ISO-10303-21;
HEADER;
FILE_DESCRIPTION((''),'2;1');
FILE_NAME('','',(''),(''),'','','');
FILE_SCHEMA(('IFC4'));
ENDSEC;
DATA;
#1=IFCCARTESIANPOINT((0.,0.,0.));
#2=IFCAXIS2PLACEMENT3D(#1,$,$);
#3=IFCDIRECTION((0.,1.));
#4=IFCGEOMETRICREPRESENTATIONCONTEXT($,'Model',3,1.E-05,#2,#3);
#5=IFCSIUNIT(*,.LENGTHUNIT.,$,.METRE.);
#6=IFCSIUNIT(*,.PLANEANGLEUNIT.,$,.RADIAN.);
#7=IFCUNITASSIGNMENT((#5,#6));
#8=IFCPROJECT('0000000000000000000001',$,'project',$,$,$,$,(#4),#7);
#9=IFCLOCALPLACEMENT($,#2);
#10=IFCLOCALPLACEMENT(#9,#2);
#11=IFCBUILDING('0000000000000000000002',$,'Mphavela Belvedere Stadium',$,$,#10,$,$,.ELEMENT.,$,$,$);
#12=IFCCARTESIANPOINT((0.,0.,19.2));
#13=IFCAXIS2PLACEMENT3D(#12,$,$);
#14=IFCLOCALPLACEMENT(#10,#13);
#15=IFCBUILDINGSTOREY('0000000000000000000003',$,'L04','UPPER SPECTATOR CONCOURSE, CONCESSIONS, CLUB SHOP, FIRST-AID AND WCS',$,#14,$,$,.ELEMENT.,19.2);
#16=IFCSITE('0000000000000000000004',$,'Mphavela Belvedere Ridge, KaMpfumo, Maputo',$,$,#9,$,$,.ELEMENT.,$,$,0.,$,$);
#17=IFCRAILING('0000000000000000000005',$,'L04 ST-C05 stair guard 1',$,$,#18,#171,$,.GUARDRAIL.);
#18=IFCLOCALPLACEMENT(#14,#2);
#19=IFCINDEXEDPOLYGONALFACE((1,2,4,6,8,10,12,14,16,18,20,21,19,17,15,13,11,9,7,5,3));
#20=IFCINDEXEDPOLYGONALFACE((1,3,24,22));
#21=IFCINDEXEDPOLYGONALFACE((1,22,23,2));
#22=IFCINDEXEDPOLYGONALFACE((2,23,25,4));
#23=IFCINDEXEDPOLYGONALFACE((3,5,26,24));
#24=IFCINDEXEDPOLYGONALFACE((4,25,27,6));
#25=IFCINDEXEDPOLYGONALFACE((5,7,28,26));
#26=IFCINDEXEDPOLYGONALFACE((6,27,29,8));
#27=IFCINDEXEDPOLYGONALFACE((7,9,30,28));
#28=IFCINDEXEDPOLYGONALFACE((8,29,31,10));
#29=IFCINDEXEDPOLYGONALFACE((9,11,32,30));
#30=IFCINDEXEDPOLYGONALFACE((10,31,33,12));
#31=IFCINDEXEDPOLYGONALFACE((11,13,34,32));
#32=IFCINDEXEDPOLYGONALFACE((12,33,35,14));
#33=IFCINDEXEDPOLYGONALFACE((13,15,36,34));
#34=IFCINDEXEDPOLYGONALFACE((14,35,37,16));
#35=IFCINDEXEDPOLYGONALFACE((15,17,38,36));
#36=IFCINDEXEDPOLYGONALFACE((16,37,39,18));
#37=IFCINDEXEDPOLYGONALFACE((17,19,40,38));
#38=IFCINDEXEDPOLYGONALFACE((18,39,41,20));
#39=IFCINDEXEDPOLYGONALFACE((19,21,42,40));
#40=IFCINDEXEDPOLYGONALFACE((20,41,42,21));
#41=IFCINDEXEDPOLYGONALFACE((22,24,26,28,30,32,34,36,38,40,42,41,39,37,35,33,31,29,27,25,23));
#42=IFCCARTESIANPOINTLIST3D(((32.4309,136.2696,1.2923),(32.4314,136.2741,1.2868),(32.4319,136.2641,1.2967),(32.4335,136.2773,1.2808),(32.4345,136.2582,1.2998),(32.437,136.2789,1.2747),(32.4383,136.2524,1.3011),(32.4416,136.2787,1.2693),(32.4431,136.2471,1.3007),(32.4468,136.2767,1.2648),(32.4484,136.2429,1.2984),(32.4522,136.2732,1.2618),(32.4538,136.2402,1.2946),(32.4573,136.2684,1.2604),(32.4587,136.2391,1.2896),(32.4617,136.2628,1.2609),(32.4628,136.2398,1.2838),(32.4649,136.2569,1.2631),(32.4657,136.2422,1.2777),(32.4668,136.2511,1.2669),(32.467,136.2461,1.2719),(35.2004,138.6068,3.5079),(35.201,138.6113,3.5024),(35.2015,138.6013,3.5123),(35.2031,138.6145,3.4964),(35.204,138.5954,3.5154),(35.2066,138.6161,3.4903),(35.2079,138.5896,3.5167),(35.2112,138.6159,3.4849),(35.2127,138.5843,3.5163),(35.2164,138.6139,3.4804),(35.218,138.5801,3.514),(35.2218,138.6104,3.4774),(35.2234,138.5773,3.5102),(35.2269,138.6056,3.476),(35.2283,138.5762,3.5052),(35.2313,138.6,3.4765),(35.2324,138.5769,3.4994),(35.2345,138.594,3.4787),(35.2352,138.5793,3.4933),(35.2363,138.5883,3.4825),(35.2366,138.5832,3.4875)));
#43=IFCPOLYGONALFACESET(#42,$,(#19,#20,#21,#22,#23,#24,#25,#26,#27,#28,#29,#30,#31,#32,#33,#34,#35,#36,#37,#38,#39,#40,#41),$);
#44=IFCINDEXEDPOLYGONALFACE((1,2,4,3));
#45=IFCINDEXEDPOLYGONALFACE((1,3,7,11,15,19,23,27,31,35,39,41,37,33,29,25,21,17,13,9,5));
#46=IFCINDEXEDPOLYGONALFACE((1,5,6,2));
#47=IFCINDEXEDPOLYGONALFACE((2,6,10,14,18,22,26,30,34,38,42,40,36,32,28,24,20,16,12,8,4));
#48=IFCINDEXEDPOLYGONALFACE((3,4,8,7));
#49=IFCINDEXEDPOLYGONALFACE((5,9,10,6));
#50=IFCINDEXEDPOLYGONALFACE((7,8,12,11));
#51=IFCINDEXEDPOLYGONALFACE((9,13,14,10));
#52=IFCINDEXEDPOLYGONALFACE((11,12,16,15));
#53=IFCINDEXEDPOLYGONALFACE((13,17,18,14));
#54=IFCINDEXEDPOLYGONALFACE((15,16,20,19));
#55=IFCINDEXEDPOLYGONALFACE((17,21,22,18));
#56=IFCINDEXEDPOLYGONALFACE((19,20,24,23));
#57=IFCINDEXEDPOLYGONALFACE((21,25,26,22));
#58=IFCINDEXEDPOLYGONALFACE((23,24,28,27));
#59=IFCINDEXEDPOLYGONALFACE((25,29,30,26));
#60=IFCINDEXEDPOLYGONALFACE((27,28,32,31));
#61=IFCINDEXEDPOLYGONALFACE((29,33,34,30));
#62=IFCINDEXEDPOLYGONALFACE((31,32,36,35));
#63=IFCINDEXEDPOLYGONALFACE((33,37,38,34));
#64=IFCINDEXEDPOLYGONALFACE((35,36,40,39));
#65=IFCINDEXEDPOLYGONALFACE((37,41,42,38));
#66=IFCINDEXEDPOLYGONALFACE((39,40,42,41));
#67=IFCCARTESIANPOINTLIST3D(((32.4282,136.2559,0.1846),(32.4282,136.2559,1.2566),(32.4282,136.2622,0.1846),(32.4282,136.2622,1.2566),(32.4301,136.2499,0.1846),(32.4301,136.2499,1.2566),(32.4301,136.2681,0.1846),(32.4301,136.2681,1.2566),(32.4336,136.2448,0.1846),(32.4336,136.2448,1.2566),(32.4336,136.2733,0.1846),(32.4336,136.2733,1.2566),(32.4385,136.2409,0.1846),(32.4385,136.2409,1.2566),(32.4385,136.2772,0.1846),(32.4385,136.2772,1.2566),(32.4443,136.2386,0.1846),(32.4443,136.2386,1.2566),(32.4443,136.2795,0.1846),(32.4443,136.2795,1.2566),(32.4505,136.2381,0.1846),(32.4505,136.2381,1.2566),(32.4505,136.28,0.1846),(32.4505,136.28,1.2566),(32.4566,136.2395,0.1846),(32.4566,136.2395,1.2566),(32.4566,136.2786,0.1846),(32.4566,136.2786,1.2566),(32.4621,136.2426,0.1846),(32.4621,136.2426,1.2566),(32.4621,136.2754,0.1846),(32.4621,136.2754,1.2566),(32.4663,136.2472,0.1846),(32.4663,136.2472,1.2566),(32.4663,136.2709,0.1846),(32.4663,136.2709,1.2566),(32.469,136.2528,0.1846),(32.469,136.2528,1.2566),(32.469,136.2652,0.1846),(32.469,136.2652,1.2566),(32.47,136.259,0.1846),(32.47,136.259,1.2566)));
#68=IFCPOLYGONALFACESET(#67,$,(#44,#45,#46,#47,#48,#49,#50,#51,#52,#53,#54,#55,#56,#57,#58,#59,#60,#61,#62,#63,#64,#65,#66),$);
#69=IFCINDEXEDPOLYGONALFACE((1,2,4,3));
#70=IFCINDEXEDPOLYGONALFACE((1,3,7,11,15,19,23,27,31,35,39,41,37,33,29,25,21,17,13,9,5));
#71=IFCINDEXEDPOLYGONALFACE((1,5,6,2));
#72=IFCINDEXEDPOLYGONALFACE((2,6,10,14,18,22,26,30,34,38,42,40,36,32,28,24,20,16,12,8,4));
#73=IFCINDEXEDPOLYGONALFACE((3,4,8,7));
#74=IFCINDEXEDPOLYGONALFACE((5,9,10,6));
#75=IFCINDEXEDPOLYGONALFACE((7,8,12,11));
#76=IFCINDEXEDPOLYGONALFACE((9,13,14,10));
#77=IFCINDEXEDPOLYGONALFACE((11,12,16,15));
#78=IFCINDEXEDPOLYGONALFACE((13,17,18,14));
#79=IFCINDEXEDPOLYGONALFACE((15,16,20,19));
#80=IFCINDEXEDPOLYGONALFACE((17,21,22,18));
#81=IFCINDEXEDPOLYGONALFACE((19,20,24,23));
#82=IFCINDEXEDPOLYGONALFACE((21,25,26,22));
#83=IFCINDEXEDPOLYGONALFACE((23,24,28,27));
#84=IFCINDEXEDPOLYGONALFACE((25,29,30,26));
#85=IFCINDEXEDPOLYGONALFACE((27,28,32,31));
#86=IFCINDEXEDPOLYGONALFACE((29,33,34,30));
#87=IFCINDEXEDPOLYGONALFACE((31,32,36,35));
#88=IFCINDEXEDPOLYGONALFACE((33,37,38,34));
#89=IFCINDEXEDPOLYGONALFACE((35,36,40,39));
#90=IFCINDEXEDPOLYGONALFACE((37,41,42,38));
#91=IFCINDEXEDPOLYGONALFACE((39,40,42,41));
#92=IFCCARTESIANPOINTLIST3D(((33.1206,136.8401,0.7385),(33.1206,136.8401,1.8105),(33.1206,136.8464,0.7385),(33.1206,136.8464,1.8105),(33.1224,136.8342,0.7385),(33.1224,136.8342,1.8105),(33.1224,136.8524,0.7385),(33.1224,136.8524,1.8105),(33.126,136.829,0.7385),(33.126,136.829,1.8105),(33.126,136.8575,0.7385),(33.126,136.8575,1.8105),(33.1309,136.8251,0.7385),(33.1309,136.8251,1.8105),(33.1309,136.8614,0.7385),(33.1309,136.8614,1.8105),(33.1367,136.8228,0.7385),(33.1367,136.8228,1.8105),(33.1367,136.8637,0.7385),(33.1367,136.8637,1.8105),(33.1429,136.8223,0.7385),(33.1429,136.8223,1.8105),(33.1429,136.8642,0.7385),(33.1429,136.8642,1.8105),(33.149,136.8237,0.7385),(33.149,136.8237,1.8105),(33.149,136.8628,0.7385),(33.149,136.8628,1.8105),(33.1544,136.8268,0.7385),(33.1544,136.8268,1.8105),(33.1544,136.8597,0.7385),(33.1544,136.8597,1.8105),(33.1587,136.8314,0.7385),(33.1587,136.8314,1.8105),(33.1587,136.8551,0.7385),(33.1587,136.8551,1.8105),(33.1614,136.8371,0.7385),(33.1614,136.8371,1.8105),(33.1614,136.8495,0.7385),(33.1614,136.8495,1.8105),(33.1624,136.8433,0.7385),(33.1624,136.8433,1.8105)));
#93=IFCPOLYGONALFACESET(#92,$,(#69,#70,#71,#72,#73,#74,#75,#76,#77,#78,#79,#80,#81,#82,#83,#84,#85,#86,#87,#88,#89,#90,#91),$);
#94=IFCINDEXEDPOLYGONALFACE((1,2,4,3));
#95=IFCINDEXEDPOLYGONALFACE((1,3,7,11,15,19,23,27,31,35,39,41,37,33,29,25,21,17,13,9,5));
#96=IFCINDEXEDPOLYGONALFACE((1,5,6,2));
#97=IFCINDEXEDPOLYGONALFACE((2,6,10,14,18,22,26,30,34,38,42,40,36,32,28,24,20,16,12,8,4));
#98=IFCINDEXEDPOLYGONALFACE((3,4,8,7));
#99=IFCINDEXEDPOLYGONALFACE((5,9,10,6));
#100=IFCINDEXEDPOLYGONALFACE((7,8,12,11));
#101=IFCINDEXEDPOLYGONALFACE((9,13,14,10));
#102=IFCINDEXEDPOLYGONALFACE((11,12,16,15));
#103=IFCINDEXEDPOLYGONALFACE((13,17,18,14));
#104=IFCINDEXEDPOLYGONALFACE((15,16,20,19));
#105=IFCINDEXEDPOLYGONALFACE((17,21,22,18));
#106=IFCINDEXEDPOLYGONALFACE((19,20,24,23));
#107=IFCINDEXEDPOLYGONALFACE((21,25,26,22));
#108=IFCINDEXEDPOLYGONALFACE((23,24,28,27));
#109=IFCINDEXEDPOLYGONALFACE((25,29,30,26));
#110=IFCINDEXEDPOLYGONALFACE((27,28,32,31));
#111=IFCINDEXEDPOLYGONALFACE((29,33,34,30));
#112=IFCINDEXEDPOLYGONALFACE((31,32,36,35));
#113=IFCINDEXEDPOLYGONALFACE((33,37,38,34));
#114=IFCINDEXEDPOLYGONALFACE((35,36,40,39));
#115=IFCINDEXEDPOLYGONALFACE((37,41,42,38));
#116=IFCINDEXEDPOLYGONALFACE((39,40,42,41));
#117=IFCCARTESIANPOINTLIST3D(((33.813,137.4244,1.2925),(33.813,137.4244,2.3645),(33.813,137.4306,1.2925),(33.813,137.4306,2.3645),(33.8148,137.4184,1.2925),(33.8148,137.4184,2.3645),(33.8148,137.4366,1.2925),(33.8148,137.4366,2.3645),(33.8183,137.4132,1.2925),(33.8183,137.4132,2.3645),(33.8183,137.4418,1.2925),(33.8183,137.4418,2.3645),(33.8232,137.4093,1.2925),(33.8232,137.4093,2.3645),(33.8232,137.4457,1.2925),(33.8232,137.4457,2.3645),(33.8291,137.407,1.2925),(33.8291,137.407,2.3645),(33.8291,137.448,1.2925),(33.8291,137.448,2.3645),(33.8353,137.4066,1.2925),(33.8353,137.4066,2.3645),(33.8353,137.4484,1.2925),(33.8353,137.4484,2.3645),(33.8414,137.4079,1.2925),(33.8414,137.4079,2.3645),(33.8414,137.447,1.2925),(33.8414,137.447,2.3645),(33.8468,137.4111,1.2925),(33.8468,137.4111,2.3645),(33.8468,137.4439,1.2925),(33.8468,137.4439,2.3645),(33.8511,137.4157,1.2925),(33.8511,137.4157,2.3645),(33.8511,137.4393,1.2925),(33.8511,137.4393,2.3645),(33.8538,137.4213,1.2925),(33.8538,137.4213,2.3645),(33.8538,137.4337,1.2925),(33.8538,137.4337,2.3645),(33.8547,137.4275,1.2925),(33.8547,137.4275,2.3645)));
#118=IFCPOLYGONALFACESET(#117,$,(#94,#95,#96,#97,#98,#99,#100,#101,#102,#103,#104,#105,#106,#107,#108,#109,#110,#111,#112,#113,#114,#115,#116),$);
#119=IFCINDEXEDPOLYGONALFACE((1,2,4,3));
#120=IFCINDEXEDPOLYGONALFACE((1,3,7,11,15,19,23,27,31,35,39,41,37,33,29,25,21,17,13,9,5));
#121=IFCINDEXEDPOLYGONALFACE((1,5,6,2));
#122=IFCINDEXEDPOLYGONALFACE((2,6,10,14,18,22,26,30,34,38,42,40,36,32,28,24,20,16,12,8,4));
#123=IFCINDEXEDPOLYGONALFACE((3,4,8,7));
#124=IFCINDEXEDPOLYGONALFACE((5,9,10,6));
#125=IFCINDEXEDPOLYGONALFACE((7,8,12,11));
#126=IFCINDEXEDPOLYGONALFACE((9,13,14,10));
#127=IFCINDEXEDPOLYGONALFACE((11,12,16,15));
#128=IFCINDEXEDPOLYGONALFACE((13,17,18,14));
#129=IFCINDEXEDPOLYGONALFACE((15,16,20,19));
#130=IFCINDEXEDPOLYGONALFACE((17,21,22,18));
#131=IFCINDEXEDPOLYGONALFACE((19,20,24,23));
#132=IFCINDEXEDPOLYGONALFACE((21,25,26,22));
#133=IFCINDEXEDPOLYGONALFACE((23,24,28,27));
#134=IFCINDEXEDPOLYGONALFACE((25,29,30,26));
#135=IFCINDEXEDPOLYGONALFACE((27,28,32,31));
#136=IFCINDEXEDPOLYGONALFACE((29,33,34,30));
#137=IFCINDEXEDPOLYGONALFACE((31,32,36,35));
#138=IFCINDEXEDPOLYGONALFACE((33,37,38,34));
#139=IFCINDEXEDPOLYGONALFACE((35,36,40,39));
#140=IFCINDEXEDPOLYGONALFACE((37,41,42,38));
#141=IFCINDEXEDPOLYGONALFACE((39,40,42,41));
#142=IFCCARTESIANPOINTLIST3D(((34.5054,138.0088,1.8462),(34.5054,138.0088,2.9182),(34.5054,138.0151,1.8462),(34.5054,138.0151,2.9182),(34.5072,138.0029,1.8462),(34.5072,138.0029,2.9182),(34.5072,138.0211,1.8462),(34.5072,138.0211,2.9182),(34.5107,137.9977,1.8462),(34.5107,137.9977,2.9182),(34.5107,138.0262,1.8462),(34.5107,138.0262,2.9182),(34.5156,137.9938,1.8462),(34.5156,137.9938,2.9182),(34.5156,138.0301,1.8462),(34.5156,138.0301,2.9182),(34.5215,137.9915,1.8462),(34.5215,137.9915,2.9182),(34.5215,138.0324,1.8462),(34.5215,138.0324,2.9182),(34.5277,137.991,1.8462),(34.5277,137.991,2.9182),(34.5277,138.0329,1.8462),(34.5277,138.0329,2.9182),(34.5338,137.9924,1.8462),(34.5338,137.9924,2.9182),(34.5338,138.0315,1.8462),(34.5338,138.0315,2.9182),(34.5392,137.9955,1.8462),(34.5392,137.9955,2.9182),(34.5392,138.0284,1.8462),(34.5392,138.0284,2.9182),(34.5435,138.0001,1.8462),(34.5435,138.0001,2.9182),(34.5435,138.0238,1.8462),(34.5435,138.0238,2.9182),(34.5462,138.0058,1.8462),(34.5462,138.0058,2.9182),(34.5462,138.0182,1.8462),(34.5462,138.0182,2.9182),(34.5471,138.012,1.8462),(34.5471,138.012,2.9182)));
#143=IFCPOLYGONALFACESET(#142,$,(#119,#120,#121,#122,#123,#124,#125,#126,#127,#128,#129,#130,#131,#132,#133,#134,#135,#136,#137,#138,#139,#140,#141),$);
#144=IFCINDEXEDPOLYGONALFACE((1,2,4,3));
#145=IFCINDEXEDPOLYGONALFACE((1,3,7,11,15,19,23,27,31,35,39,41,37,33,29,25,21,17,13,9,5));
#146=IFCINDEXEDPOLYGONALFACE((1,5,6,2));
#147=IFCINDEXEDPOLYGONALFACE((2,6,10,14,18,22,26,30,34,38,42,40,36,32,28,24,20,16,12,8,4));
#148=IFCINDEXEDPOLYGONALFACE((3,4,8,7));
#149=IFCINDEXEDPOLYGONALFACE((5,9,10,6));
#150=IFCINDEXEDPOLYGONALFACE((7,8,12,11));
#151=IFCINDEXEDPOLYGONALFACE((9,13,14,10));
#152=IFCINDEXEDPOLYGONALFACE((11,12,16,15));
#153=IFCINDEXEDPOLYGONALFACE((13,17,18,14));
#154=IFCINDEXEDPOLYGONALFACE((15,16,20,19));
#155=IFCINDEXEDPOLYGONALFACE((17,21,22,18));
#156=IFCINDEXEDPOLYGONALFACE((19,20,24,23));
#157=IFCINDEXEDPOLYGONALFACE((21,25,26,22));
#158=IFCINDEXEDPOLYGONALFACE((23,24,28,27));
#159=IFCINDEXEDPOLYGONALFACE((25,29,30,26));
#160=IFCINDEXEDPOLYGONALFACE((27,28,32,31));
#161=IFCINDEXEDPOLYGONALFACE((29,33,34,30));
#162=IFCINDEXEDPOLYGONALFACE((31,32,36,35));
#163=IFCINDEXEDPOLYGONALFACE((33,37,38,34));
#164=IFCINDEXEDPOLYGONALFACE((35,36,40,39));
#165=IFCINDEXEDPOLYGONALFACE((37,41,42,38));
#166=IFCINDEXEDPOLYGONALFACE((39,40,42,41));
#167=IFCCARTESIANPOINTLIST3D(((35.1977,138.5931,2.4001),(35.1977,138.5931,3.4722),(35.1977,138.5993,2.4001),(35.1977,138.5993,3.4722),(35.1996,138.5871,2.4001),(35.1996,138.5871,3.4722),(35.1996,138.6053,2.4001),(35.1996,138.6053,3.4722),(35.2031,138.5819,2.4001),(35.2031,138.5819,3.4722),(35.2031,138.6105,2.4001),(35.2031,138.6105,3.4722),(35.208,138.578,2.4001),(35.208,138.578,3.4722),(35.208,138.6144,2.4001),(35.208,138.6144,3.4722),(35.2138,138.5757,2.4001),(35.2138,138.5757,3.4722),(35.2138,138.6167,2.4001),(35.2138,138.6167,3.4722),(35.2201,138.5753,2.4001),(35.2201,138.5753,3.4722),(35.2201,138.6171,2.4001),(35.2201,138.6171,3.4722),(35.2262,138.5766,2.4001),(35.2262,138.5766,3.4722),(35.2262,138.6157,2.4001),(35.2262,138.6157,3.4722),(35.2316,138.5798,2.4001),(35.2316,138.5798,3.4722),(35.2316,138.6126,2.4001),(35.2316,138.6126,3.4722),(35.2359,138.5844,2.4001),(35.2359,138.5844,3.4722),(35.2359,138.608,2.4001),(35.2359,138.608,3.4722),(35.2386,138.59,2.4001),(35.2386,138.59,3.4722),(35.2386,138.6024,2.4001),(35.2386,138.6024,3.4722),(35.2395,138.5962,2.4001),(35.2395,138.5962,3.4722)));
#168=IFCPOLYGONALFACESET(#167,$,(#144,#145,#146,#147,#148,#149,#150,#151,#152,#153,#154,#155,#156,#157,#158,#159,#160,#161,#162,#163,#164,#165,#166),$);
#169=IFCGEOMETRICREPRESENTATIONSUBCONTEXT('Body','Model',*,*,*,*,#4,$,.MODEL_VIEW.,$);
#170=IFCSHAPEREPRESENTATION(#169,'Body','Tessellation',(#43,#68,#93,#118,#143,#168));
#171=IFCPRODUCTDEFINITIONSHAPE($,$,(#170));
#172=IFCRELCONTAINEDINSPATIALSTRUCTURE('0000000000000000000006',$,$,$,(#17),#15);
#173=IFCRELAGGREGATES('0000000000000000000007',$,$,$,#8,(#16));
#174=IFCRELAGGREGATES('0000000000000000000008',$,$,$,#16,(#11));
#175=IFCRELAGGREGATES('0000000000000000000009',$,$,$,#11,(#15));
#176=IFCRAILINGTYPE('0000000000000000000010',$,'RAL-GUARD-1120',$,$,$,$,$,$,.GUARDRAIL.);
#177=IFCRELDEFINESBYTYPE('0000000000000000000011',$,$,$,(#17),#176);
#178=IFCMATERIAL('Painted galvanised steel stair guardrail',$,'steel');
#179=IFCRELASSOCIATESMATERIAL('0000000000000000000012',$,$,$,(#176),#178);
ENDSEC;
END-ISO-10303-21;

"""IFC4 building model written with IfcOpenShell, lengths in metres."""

from ifc_helpers import new_model, si_unit, direction, frame, origin, origin_2d, place, context, subcontext, project, spatial, circle, extrude, material, type_object, element, save


model = new_model("IFC4")

# Units and contexts
model_context = context("Model", 3, precision=1e-05, world=origin(), true_north=direction((0.0, 1.0)))
body_context = subcontext(model_context, "Body", "Model", "MODEL_VIEW")
ifc_project = project(units=[si_unit("LENGTHUNIT", "METRE"), si_unit("PLANEANGLEUNIT", "RADIAN")], contexts=[model_context])

# Site, building, storey
site_placement = place(None, origin())
site = spatial("IfcSite", under=ifc_project, at=site_placement, Name="Mphavela Belvedere Ridge, KaMpfumo, Maputo", CompositionType="ELEMENT", RefElevation=0.0)
building_placement = place(site_placement, origin())
building = spatial("IfcBuilding", under=site, at=building_placement, Name="Mphavela Belvedere Stadium", CompositionType="ELEMENT")
storey_placement = place(building_placement, frame((0.0, 0.0, 19.2)))
storey = spatial("IfcBuildingStorey", under=building, at=storey_placement, Name="L04", Description="UPPER SPECTATOR CONCOURSE, CONCESSIONS, CLUB SHOP, FIRST-AID AND WCS", CompositionType="ELEMENT", Elevation=19.2)

# Railing
ifc_material_1 = material(Name="Painted galvanised steel stair guardrail", Category="steel")
railing_type_1 = type_object("IfcRailingType", Name="RAL-GUARD-1120", PredefinedType="GUARDRAIL", material=ifc_material_1)
railing_1_placement = place(storey_placement, frame((32.449, 136.259, 0.1846)))
element("IfcRailing", 1, at=railing_1_placement, inside=storey, type_object=railing_type_1, Name="L04 ST-C05 stair guard 1", PredefinedType="GUARDRAIL", context=body_context, shape_type="SweptSolid", body=[
    extrude(circle(Radius=0.0239, at=origin_2d()), frame((0.0, 0.0, 1.0962), z_axis=(0.652036, 0.550241, 0.521617), x_axis=(-0.64493, 0.764242, 0.0)), (0.0, 0.0, 1.0), 4.2476),
    extrude(circle(Radius=0.021, at=origin_2d()), origin(), (0.0, 0.0, 1.0), 1.072),
    extrude(circle(Radius=0.021, at=origin_2d()), frame((0.6924, 0.5842, 0.554)), (0.0, 0.0, 1.0), 1.072),
    extrude(circle(Radius=0.021, at=origin_2d()), frame((1.3848, 1.1685, 1.1079)), (0.0, 0.0, 1.0), 1.072),
    extrude(circle(Radius=0.021, at=origin_2d()), frame((2.0771, 1.7529, 1.6616)), (0.0, 0.0, 1.0), 1.072),
    extrude(circle(Radius=0.021, at=origin_2d()), frame((2.7695, 2.3372, 2.2156)), (0.0, 0.0, 1.0), 1.072),
])

save(model, "model.ifc")
